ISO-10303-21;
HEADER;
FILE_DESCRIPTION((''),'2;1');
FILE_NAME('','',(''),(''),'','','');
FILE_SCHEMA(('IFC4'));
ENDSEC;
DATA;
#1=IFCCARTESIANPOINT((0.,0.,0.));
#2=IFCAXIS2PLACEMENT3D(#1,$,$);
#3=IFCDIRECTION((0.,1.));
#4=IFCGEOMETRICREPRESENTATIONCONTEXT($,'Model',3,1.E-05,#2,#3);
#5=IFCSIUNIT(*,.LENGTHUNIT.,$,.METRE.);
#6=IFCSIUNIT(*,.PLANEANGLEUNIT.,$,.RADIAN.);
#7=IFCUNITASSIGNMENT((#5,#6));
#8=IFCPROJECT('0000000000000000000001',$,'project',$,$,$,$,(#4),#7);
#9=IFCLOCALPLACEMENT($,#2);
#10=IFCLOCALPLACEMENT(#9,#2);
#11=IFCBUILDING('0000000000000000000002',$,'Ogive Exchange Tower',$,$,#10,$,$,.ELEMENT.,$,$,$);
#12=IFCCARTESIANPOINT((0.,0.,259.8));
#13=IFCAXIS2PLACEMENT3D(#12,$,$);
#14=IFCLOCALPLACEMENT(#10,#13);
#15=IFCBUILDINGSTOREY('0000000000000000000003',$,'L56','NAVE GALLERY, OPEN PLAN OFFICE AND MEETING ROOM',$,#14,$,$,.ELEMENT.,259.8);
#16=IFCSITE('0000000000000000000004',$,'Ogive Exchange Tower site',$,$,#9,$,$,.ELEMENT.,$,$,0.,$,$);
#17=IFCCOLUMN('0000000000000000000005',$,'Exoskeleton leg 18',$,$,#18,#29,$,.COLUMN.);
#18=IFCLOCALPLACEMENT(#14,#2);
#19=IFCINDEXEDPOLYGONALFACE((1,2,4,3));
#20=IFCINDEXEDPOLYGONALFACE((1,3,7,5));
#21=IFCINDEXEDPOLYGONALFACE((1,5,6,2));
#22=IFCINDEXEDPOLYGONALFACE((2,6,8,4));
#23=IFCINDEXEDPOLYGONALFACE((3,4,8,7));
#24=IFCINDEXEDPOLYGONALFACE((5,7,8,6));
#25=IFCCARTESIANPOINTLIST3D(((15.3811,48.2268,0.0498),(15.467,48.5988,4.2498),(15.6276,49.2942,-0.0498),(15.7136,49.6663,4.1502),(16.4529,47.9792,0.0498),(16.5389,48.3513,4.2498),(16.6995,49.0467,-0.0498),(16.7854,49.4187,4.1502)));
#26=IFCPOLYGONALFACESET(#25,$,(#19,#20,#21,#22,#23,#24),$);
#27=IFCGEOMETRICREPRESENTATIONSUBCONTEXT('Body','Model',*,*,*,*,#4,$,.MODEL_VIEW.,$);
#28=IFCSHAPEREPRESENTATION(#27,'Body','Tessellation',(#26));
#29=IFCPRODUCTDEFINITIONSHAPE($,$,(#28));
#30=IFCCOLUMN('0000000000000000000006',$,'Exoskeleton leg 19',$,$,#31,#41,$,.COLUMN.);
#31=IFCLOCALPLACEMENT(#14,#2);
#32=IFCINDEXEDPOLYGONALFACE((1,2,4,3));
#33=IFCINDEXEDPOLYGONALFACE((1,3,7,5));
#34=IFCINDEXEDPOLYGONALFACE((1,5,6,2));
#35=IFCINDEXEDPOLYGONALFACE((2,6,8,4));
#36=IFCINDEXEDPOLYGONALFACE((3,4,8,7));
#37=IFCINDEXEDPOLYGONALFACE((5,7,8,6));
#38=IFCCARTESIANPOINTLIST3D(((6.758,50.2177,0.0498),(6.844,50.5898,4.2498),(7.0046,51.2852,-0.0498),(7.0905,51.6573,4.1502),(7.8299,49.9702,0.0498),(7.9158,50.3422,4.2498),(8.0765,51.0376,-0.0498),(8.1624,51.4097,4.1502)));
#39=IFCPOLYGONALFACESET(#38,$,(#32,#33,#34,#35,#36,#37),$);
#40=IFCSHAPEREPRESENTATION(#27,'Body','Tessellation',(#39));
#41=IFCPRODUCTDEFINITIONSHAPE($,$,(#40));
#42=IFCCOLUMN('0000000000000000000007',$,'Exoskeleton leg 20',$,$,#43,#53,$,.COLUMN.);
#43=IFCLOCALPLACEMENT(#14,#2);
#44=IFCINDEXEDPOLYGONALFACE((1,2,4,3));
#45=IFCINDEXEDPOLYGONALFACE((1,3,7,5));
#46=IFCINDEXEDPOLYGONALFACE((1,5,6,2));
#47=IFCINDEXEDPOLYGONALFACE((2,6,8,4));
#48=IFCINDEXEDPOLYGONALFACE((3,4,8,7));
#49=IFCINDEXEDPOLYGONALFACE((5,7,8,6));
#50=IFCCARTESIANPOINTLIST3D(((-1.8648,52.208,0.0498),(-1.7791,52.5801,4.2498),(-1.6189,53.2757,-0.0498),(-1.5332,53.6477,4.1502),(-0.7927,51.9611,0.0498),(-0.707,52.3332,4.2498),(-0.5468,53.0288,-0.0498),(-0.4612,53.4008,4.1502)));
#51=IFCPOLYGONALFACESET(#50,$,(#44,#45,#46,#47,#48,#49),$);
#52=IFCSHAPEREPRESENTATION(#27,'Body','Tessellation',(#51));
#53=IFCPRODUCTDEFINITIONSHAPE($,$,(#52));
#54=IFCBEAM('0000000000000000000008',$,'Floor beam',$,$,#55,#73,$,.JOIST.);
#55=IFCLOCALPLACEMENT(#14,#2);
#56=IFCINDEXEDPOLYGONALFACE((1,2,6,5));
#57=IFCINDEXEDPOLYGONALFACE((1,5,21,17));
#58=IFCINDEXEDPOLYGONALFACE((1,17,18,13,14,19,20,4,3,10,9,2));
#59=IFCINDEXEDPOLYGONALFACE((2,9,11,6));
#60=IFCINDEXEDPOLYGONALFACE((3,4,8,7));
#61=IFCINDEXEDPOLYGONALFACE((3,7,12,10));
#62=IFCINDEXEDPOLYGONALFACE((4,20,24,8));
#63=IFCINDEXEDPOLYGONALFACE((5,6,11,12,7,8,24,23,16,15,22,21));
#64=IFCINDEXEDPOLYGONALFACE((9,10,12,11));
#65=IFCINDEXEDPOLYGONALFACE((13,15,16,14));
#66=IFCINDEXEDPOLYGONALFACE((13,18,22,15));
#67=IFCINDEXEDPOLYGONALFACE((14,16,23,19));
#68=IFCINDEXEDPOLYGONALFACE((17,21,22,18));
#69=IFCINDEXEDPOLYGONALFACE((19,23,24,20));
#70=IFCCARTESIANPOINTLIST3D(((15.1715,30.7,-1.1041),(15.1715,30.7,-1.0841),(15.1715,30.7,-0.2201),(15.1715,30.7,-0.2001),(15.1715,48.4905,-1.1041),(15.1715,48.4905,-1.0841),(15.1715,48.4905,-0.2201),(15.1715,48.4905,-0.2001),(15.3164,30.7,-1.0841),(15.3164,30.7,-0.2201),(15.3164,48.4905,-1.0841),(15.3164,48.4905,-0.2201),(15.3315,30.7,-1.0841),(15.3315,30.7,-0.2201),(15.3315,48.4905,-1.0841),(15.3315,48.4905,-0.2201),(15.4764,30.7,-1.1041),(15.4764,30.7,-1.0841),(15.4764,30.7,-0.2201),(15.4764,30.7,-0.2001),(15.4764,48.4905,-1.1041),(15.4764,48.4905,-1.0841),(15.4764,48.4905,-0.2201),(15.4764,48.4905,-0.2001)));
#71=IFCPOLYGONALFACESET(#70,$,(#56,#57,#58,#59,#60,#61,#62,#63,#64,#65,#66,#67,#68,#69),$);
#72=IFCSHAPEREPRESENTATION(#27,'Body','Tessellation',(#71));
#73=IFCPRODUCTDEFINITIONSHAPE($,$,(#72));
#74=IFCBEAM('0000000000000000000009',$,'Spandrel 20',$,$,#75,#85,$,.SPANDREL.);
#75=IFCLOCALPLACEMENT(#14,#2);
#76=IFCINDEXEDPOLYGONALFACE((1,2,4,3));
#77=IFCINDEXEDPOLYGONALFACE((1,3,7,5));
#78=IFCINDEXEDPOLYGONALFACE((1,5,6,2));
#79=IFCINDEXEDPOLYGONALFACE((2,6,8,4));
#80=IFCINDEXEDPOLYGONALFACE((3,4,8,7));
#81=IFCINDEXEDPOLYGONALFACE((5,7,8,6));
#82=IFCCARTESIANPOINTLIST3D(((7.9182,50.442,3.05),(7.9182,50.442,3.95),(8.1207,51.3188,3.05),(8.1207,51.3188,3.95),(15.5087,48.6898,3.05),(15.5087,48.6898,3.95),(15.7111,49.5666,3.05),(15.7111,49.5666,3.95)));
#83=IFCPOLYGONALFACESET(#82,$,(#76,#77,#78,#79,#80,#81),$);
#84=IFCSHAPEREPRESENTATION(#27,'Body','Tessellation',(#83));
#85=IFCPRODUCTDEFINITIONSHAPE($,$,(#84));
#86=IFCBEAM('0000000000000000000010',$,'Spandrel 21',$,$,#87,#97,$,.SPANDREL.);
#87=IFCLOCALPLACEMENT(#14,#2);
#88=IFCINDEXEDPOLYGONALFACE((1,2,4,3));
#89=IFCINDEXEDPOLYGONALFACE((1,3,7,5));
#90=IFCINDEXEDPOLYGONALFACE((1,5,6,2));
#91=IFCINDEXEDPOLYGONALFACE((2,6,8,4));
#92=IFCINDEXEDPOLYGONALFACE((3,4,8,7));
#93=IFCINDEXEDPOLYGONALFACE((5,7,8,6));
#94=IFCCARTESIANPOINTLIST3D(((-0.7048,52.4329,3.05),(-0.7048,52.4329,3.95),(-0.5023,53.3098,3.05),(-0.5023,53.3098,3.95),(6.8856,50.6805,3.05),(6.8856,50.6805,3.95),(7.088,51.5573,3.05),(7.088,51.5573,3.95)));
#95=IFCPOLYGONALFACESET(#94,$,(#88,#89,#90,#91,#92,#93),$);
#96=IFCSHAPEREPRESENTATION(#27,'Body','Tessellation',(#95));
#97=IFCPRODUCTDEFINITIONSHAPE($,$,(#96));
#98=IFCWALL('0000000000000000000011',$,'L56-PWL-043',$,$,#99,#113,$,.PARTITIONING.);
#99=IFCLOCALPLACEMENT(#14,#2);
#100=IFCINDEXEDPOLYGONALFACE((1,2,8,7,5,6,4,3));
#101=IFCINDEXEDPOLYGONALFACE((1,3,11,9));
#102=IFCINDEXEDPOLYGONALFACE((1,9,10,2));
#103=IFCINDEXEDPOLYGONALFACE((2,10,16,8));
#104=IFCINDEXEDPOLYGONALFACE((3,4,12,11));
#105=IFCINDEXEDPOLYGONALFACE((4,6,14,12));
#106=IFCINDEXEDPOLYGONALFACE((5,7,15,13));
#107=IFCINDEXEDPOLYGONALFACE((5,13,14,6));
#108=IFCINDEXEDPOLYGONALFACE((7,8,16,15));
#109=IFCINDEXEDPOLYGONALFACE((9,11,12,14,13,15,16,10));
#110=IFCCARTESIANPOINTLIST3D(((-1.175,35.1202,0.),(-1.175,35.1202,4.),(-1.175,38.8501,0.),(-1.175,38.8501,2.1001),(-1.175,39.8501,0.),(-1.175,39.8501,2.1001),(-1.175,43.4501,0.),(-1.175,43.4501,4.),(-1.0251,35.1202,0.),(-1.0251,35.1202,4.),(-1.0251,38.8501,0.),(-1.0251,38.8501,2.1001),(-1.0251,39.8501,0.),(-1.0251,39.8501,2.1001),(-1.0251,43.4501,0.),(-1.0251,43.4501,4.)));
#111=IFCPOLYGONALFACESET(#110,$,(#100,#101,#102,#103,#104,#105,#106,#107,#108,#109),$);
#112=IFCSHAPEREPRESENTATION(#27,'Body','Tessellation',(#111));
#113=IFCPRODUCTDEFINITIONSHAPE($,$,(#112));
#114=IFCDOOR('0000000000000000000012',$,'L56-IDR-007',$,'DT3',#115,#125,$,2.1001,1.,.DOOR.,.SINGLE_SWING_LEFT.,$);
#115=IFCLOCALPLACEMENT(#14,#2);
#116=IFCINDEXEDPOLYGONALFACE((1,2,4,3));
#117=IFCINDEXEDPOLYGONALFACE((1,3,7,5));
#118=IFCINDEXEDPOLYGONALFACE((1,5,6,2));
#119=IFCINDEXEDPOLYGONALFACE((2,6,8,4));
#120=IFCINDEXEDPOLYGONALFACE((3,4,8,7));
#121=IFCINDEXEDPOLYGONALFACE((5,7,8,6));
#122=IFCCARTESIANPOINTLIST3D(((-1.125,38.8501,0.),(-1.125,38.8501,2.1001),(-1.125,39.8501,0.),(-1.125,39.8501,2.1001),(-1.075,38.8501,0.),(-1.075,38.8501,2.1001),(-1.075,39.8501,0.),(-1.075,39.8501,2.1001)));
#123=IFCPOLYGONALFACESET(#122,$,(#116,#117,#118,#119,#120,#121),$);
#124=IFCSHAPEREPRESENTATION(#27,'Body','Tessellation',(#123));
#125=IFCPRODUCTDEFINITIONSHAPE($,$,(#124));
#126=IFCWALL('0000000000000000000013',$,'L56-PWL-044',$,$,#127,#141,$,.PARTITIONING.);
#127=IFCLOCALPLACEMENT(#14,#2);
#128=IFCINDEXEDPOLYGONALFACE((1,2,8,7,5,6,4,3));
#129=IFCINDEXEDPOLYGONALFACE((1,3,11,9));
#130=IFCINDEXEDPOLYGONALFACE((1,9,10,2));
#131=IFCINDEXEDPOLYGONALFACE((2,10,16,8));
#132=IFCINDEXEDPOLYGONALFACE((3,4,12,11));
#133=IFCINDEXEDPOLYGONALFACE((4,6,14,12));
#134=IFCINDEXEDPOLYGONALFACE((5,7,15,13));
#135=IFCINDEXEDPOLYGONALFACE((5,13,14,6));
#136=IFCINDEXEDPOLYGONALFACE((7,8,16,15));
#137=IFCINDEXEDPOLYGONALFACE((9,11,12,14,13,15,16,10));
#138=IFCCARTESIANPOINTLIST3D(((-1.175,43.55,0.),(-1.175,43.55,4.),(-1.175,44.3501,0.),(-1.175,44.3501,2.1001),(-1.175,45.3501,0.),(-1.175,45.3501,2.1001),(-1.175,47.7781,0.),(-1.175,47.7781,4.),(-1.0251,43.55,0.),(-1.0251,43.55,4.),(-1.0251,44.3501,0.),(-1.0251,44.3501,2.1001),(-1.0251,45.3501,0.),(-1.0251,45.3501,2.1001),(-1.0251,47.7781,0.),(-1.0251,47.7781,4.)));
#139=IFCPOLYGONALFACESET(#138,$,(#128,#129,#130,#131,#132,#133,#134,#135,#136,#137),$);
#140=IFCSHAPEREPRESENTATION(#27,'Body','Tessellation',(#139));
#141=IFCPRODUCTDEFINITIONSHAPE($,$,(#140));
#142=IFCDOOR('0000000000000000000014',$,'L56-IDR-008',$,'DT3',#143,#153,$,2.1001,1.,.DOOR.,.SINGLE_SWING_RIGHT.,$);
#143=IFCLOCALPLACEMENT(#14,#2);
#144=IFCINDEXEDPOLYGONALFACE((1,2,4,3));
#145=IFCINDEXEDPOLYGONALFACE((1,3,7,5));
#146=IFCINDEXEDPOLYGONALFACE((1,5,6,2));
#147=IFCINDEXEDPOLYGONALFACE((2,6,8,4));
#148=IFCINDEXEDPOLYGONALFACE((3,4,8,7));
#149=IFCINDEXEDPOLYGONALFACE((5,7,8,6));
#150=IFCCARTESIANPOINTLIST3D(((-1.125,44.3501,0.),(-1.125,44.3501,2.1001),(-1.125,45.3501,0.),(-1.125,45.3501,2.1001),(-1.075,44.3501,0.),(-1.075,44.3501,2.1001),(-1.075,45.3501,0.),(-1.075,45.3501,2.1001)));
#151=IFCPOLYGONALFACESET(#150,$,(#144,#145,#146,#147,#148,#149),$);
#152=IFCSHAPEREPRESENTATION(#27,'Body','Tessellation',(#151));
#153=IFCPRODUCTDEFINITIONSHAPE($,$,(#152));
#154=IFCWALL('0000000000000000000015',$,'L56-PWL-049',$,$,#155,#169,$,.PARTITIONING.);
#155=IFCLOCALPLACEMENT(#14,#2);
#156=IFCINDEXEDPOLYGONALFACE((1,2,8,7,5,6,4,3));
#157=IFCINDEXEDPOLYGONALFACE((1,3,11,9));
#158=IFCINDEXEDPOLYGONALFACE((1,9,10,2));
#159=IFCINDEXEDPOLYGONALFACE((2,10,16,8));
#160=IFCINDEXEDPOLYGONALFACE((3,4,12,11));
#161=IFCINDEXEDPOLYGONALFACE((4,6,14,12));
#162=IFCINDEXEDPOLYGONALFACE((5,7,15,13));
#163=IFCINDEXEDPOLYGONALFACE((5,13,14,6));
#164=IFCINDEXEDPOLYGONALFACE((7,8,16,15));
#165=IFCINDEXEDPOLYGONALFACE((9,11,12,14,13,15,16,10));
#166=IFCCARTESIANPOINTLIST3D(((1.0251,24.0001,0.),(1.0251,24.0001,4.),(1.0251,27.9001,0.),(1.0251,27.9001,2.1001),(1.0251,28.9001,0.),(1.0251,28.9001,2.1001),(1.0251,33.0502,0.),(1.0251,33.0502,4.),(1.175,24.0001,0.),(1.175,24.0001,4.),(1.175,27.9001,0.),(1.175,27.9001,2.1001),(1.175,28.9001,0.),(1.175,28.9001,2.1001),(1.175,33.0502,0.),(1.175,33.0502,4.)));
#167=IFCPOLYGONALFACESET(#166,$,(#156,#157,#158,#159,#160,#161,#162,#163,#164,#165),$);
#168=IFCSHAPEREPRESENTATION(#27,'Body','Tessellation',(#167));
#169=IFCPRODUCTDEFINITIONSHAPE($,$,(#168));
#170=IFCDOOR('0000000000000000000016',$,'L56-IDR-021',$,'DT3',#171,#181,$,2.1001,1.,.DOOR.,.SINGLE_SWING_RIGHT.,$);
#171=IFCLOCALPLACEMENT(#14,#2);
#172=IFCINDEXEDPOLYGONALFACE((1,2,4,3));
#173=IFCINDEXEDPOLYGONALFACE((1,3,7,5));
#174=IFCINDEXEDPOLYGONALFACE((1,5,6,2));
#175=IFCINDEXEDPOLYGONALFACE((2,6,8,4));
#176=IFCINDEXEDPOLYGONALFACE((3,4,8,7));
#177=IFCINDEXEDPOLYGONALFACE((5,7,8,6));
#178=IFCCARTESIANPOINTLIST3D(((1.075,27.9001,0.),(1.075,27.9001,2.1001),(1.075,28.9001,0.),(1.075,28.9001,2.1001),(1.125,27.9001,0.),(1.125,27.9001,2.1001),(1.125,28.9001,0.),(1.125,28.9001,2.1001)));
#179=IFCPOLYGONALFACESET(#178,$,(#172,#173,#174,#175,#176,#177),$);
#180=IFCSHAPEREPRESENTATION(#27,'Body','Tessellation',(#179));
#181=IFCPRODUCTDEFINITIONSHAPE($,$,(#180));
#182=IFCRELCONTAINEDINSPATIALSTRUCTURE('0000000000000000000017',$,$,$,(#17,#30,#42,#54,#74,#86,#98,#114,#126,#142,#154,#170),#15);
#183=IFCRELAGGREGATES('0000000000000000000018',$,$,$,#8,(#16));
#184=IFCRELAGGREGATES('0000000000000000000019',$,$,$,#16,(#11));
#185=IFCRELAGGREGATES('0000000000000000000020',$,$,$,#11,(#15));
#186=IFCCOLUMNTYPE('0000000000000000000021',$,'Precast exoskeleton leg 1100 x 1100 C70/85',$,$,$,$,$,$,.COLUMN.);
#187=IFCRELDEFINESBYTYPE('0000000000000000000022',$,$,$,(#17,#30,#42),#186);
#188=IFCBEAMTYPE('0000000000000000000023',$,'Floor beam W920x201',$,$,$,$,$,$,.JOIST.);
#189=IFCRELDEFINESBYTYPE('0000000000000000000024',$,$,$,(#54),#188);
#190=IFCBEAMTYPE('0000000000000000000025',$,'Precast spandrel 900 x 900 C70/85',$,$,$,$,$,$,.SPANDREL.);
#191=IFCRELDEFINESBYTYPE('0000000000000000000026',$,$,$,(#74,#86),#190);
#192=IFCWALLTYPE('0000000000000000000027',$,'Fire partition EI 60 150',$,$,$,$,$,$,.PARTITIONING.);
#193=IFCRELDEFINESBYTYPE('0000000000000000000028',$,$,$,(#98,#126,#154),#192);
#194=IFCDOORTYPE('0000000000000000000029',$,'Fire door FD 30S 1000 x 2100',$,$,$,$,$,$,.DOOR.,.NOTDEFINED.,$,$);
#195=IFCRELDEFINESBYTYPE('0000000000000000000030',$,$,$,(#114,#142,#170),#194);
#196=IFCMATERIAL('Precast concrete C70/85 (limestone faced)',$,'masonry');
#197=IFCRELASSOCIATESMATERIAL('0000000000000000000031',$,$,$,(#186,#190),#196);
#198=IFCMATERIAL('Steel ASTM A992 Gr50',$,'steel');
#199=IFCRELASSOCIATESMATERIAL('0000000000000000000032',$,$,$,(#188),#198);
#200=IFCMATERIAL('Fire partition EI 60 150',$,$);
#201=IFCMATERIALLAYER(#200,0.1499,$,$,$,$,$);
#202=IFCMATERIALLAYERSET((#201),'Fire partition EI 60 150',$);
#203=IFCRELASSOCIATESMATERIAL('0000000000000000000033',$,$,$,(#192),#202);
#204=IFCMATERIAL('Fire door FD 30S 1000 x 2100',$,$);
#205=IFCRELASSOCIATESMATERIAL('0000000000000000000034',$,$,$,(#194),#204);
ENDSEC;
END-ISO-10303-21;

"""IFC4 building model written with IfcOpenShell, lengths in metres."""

from ifc_helpers import new_model, si_unit, direction, frame, frame_2d, origin, origin_2d, place, context, subcontext, project, spatial, rectangle, i_section, extrude, material, layer, layer_set, material_profile, profile_set, type_object, element, fill, save


model = new_model("IFC4")

# Units and contexts
model_context = context("Model", 3, precision=1e-05, world=origin(), true_north=direction((0.0, 1.0)))
body_context = subcontext(model_context, "Body", "Model", "MODEL_VIEW")
ifc_project = project(units=[si_unit("LENGTHUNIT", "METRE"), si_unit("PLANEANGLEUNIT", "RADIAN")], contexts=[model_context])

# Site, building, storey
site_placement = place(None, origin())
site = spatial("IfcSite", under=ifc_project, at=site_placement, Name="Ogive Exchange Tower site", CompositionType="ELEMENT", RefElevation=0.0)
building_placement = place(site_placement, origin())
building = spatial("IfcBuilding", under=site, at=building_placement, Name="Ogive Exchange Tower", CompositionType="ELEMENT")
storey_placement = place(building_placement, frame((0.0, 0.0, 259.8)))
storey = spatial("IfcBuildingStorey", under=building, at=storey_placement, Name="L56", Description="NAVE GALLERY, OPEN PLAN OFFICE AND MEETING ROOM", CompositionType="ELEMENT", Elevation=259.8)

# Columns
ifc_material_1 = material(Name="Precast concrete C70/85 (limestone faced)", Category="masonry")
ifc_material_profile_1 = material_profile(ifc_material_1, rectangle(XDim=1.1001, YDim=1.1001, at=origin_2d()), Name="1100 x 1100")
ifc_profile_set_1 = profile_set([ifc_material_profile_1], Name="Precast concrete C70/85 (limestone faced)")
column_type = type_object("IfcColumnType", Name="Precast exoskeleton leg 1100 x 1100 C70/85", PredefinedType="COLUMN", material=ifc_profile_set_1)
for number, where, z_axis, x_axis, name in (
    (1, (16.0403, 48.6367, 0.0), (0.020377, 0.088225, 0.995892), (-0.974348, 0.225046, 0.0), "Exoskeleton leg 18"),
    (2, (7.4172, 50.6277, 0.0), (0.020377, 0.088225, 0.995892), (-0.974348, 0.225046, 0.0), "Exoskeleton leg 19"),
    (3, (-1.2058, 52.6184, 0.0), (0.02032, 0.088225, 0.995893), (-0.974488, 0.224439, 0.0), "Exoskeleton leg 20"),
):
    element("IfcColumn", number, at=place(storey_placement, frame(where, z_axis=z_axis, x_axis=x_axis)), inside=storey, type_object=column_type, Name=name, PredefinedType="COLUMN", context=body_context, shape_type="SweptSolid", body=[
        extrude(rectangle(XDim=1.1001, YDim=1.1001, at=origin_2d()), origin(), (0.0, 0.0, 1.0), 4.2173),
    ])

# Beams
ifc_material_2 = material(Name="Steel ASTM A992 Gr50", Category="steel")
ifc_material_profile_2 = material_profile(ifc_material_2, i_section(OverallWidth=0.3049, OverallDepth=0.9041, WebThickness=0.0151, FlangeThickness=0.02, at=origin_2d()), Name="W920x201")
ifc_profile_set_2 = profile_set([ifc_material_profile_2], Name="Steel ASTM A992 Gr50")
beam_type_1 = type_object("IfcBeamType", Name="Floor beam W920x201", PredefinedType="JOIST", material=ifc_profile_set_2)
beam_placement = place(storey_placement, frame((15.324, 30.7, -0.6521), z_axis=(0.0, 1.0, 0.0), x_axis=(-1.0, 0.0, 0.0)))
element("IfcBeam", 4, at=beam_placement, inside=storey, type_object=beam_type_1, Name="Floor beam", PredefinedType="JOIST", context=body_context, shape_type="SweptSolid", body=[
    extrude(i_section(OverallWidth=0.3049, OverallDepth=0.9041, WebThickness=0.0151, FlangeThickness=0.02, at=origin_2d()), origin(), (0.0, 0.0, 1.0), 17.7905),
])
ifc_material_profile_3 = material_profile(ifc_material_1, rectangle(XDim=0.8999, YDim=0.8999, at=origin_2d()), Name="900 x 900")
ifc_profile_set_3 = profile_set([ifc_material_profile_3], Name="Precast concrete C70/85 (limestone faced)")
beam_type_2 = type_object("IfcBeamType", Name="Precast spandrel 900 x 900 C70/85", PredefinedType="SPANDREL", material=ifc_profile_set_3)
for number, where, z_axis, x_axis, name in (
    (5, (15.6099, 49.1282, 3.5), (-0.974375, 0.22493, 0.0), (-0.22493, -0.974375, 0.0), "Spandrel 20"),
    (6, (6.9868, 51.1189, 3.5), (-0.974368, 0.22496, 0.0), (-0.22496, -0.974368, 0.0), "Spandrel 21"),
):
    element("IfcBeam", number, at=place(storey_placement, frame(where, z_axis=z_axis, x_axis=x_axis)), inside=storey, type_object=beam_type_2, Name=name, PredefinedType="SPANDREL", context=body_context, shape_type="SweptSolid", body=[
        extrude(rectangle(XDim=0.8999, YDim=0.8999, at=origin_2d()), origin(), (0.0, 0.0, 1.0), 7.79),
    ])

# Walls, openings, doors
ifc_material_3 = material(Name="Fire partition EI 60 150")
ifc_layer_1 = layer(ifc_material_3, 0.1499)
ifc_layer_set_1 = layer_set([ifc_layer_1], Name="Fire partition EI 60 150")
wall_type_1 = type_object("IfcWallType", Name="Fire partition EI 60 150", PredefinedType="PARTITIONING", material=ifc_layer_set_1)
wall_1_placement = place(storey_placement, frame((-1.1001, 35.1201, 0.0), z_axis=(0.0, 0.0, 1.0), x_axis=(0.0, 1.0, 0.0)))
wall_1 = element("IfcWall", 7, at=wall_1_placement, inside=storey, type_object=wall_type_1, Name="L56-PWL-043", PredefinedType="PARTITIONING", context=body_context, shape_type="SweptSolid", body=[
    extrude(rectangle(XDim=8.3298, YDim=0.1499, at=frame_2d((4.165, 0.0))), origin(), (0.0, 0.0, 1.0), 4.0),
])
opening_1_placement = place(wall_1_placement, frame((3.73, 0.0, 0.0)))
opening_1 = element("IfcOpeningElement", 8, at=opening_1_placement, cuts=wall_1, PredefinedType="OPENING", context=body_context, shape_type="SweptSolid", body=[
    extrude(rectangle(XDim=1.0, YDim=2.1001, at=frame_2d((0.5, 1.05))), frame((0.0, 0.085, 0.0), z_axis=(0.0, -1.0, 0.0), x_axis=(1.0, 0.0, 0.0)), (0.0, 0.0, 1.0), 0.1699),
])
ifc_material_4 = material(Name="Fire door FD 30S 1000 x 2100")
door_type = type_object("IfcDoorType", Name="Fire door FD 30S 1000 x 2100", OperationType="NOTDEFINED", PredefinedType="DOOR", material=ifc_material_4)
door_1_placement = place(opening_1_placement, origin())
door_1 = element("IfcDoor", 9, at=door_1_placement, inside=storey, type_object=door_type, Name="L56-IDR-007", ObjectType="DT3", OperationType="SINGLE_SWING_LEFT", OverallHeight=2.1001, OverallWidth=1.0, PredefinedType="DOOR", context=body_context, shape_type="SweptSolid", body=[
    extrude(rectangle(XDim=1.0, YDim=2.1001, at=frame_2d((0.5, 1.05))), frame((0.0, 0.0249, 0.0), z_axis=(0.0, -1.0, 0.0), x_axis=(1.0, 0.0, 0.0)), (0.0, 0.0, 1.0), 0.05),
])
fill(opening_1, door_1)
wall_2_placement = place(storey_placement, frame((-1.1001, 43.55, 0.0), z_axis=(0.0, 0.0, 1.0), x_axis=(0.0, 1.0, 0.0)))
wall_2 = element("IfcWall", 10, at=wall_2_placement, inside=storey, type_object=wall_type_1, Name="L56-PWL-044", PredefinedType="PARTITIONING", context=body_context, shape_type="SweptSolid", body=[
    extrude(rectangle(XDim=4.228, YDim=0.1499, at=frame_2d((2.114, 0.0))), origin(), (0.0, 0.0, 1.0), 4.0),
])
opening_2_placement = place(wall_2_placement, frame((0.8, 0.0, 0.0)))
opening_2 = element("IfcOpeningElement", 11, at=opening_2_placement, cuts=wall_2, PredefinedType="OPENING", context=body_context, shape_type="SweptSolid", body=[
    extrude(rectangle(XDim=1.0, YDim=2.1001, at=frame_2d((0.5, 1.05))), frame((0.0, 0.085, 0.0), z_axis=(0.0, -1.0, 0.0), x_axis=(1.0, 0.0, 0.0)), (0.0, 0.0, 1.0), 0.1699),
])
door_2_placement = place(opening_2_placement, origin())
door_2 = element("IfcDoor", 12, at=door_2_placement, inside=storey, type_object=door_type, Name="L56-IDR-008", ObjectType="DT3", OperationType="SINGLE_SWING_RIGHT", OverallHeight=2.1001, OverallWidth=1.0, PredefinedType="DOOR", context=body_context, shape_type="SweptSolid", body=[
    extrude(rectangle(XDim=1.0, YDim=2.1001, at=frame_2d((0.5, 1.05))), frame((0.0, 0.0249, 0.0), z_axis=(0.0, -1.0, 0.0), x_axis=(1.0, 0.0, 0.0)), (0.0, 0.0, 1.0), 0.05),
])
fill(opening_2, door_2)
wall_3_placement = place(storey_placement, frame((1.1001, 33.05, 0.0), z_axis=(0.0, 0.0, 1.0), x_axis=(0.0, -1.0, 0.0)))
wall_3 = element("IfcWall", 13, at=wall_3_placement, inside=storey, type_object=wall_type_1, Name="L56-PWL-049", PredefinedType="PARTITIONING", context=body_context, shape_type="SweptSolid", body=[
    extrude(rectangle(XDim=9.05, YDim=0.1499, at=frame_2d((4.5249, 0.0))), origin(), (0.0, 0.0, 1.0), 4.0),
])
opening_3_placement = place(wall_3_placement, frame((4.1499, 0.0, 0.0)))
opening_3 = element("IfcOpeningElement", 14, at=opening_3_placement, cuts=wall_3, PredefinedType="OPENING", context=body_context, shape_type="SweptSolid", body=[
    extrude(rectangle(XDim=1.0, YDim=2.1001, at=frame_2d((0.5, 1.05))), frame((0.0, 0.085, 0.0), z_axis=(0.0, -1.0, 0.0), x_axis=(1.0, 0.0, 0.0)), (0.0, 0.0, 1.0), 0.1699),
])
door_3_placement = place(opening_3_placement, origin())
door_3 = element("IfcDoor", 15, at=door_3_placement, inside=storey, type_object=door_type, Name="L56-IDR-021", ObjectType="DT3", OperationType="SINGLE_SWING_RIGHT", OverallHeight=2.1001, OverallWidth=1.0, PredefinedType="DOOR", context=body_context, shape_type="SweptSolid", body=[
    extrude(rectangle(XDim=1.0, YDim=2.1001, at=frame_2d((0.5, 1.05))), frame((0.0, 0.0249, 0.0), z_axis=(0.0, -1.0, 0.0), x_axis=(1.0, 0.0, 0.0)), (0.0, 0.0, 1.0), 0.05),
])
fill(opening_3, door_3)

save(model, "model.ifc")
